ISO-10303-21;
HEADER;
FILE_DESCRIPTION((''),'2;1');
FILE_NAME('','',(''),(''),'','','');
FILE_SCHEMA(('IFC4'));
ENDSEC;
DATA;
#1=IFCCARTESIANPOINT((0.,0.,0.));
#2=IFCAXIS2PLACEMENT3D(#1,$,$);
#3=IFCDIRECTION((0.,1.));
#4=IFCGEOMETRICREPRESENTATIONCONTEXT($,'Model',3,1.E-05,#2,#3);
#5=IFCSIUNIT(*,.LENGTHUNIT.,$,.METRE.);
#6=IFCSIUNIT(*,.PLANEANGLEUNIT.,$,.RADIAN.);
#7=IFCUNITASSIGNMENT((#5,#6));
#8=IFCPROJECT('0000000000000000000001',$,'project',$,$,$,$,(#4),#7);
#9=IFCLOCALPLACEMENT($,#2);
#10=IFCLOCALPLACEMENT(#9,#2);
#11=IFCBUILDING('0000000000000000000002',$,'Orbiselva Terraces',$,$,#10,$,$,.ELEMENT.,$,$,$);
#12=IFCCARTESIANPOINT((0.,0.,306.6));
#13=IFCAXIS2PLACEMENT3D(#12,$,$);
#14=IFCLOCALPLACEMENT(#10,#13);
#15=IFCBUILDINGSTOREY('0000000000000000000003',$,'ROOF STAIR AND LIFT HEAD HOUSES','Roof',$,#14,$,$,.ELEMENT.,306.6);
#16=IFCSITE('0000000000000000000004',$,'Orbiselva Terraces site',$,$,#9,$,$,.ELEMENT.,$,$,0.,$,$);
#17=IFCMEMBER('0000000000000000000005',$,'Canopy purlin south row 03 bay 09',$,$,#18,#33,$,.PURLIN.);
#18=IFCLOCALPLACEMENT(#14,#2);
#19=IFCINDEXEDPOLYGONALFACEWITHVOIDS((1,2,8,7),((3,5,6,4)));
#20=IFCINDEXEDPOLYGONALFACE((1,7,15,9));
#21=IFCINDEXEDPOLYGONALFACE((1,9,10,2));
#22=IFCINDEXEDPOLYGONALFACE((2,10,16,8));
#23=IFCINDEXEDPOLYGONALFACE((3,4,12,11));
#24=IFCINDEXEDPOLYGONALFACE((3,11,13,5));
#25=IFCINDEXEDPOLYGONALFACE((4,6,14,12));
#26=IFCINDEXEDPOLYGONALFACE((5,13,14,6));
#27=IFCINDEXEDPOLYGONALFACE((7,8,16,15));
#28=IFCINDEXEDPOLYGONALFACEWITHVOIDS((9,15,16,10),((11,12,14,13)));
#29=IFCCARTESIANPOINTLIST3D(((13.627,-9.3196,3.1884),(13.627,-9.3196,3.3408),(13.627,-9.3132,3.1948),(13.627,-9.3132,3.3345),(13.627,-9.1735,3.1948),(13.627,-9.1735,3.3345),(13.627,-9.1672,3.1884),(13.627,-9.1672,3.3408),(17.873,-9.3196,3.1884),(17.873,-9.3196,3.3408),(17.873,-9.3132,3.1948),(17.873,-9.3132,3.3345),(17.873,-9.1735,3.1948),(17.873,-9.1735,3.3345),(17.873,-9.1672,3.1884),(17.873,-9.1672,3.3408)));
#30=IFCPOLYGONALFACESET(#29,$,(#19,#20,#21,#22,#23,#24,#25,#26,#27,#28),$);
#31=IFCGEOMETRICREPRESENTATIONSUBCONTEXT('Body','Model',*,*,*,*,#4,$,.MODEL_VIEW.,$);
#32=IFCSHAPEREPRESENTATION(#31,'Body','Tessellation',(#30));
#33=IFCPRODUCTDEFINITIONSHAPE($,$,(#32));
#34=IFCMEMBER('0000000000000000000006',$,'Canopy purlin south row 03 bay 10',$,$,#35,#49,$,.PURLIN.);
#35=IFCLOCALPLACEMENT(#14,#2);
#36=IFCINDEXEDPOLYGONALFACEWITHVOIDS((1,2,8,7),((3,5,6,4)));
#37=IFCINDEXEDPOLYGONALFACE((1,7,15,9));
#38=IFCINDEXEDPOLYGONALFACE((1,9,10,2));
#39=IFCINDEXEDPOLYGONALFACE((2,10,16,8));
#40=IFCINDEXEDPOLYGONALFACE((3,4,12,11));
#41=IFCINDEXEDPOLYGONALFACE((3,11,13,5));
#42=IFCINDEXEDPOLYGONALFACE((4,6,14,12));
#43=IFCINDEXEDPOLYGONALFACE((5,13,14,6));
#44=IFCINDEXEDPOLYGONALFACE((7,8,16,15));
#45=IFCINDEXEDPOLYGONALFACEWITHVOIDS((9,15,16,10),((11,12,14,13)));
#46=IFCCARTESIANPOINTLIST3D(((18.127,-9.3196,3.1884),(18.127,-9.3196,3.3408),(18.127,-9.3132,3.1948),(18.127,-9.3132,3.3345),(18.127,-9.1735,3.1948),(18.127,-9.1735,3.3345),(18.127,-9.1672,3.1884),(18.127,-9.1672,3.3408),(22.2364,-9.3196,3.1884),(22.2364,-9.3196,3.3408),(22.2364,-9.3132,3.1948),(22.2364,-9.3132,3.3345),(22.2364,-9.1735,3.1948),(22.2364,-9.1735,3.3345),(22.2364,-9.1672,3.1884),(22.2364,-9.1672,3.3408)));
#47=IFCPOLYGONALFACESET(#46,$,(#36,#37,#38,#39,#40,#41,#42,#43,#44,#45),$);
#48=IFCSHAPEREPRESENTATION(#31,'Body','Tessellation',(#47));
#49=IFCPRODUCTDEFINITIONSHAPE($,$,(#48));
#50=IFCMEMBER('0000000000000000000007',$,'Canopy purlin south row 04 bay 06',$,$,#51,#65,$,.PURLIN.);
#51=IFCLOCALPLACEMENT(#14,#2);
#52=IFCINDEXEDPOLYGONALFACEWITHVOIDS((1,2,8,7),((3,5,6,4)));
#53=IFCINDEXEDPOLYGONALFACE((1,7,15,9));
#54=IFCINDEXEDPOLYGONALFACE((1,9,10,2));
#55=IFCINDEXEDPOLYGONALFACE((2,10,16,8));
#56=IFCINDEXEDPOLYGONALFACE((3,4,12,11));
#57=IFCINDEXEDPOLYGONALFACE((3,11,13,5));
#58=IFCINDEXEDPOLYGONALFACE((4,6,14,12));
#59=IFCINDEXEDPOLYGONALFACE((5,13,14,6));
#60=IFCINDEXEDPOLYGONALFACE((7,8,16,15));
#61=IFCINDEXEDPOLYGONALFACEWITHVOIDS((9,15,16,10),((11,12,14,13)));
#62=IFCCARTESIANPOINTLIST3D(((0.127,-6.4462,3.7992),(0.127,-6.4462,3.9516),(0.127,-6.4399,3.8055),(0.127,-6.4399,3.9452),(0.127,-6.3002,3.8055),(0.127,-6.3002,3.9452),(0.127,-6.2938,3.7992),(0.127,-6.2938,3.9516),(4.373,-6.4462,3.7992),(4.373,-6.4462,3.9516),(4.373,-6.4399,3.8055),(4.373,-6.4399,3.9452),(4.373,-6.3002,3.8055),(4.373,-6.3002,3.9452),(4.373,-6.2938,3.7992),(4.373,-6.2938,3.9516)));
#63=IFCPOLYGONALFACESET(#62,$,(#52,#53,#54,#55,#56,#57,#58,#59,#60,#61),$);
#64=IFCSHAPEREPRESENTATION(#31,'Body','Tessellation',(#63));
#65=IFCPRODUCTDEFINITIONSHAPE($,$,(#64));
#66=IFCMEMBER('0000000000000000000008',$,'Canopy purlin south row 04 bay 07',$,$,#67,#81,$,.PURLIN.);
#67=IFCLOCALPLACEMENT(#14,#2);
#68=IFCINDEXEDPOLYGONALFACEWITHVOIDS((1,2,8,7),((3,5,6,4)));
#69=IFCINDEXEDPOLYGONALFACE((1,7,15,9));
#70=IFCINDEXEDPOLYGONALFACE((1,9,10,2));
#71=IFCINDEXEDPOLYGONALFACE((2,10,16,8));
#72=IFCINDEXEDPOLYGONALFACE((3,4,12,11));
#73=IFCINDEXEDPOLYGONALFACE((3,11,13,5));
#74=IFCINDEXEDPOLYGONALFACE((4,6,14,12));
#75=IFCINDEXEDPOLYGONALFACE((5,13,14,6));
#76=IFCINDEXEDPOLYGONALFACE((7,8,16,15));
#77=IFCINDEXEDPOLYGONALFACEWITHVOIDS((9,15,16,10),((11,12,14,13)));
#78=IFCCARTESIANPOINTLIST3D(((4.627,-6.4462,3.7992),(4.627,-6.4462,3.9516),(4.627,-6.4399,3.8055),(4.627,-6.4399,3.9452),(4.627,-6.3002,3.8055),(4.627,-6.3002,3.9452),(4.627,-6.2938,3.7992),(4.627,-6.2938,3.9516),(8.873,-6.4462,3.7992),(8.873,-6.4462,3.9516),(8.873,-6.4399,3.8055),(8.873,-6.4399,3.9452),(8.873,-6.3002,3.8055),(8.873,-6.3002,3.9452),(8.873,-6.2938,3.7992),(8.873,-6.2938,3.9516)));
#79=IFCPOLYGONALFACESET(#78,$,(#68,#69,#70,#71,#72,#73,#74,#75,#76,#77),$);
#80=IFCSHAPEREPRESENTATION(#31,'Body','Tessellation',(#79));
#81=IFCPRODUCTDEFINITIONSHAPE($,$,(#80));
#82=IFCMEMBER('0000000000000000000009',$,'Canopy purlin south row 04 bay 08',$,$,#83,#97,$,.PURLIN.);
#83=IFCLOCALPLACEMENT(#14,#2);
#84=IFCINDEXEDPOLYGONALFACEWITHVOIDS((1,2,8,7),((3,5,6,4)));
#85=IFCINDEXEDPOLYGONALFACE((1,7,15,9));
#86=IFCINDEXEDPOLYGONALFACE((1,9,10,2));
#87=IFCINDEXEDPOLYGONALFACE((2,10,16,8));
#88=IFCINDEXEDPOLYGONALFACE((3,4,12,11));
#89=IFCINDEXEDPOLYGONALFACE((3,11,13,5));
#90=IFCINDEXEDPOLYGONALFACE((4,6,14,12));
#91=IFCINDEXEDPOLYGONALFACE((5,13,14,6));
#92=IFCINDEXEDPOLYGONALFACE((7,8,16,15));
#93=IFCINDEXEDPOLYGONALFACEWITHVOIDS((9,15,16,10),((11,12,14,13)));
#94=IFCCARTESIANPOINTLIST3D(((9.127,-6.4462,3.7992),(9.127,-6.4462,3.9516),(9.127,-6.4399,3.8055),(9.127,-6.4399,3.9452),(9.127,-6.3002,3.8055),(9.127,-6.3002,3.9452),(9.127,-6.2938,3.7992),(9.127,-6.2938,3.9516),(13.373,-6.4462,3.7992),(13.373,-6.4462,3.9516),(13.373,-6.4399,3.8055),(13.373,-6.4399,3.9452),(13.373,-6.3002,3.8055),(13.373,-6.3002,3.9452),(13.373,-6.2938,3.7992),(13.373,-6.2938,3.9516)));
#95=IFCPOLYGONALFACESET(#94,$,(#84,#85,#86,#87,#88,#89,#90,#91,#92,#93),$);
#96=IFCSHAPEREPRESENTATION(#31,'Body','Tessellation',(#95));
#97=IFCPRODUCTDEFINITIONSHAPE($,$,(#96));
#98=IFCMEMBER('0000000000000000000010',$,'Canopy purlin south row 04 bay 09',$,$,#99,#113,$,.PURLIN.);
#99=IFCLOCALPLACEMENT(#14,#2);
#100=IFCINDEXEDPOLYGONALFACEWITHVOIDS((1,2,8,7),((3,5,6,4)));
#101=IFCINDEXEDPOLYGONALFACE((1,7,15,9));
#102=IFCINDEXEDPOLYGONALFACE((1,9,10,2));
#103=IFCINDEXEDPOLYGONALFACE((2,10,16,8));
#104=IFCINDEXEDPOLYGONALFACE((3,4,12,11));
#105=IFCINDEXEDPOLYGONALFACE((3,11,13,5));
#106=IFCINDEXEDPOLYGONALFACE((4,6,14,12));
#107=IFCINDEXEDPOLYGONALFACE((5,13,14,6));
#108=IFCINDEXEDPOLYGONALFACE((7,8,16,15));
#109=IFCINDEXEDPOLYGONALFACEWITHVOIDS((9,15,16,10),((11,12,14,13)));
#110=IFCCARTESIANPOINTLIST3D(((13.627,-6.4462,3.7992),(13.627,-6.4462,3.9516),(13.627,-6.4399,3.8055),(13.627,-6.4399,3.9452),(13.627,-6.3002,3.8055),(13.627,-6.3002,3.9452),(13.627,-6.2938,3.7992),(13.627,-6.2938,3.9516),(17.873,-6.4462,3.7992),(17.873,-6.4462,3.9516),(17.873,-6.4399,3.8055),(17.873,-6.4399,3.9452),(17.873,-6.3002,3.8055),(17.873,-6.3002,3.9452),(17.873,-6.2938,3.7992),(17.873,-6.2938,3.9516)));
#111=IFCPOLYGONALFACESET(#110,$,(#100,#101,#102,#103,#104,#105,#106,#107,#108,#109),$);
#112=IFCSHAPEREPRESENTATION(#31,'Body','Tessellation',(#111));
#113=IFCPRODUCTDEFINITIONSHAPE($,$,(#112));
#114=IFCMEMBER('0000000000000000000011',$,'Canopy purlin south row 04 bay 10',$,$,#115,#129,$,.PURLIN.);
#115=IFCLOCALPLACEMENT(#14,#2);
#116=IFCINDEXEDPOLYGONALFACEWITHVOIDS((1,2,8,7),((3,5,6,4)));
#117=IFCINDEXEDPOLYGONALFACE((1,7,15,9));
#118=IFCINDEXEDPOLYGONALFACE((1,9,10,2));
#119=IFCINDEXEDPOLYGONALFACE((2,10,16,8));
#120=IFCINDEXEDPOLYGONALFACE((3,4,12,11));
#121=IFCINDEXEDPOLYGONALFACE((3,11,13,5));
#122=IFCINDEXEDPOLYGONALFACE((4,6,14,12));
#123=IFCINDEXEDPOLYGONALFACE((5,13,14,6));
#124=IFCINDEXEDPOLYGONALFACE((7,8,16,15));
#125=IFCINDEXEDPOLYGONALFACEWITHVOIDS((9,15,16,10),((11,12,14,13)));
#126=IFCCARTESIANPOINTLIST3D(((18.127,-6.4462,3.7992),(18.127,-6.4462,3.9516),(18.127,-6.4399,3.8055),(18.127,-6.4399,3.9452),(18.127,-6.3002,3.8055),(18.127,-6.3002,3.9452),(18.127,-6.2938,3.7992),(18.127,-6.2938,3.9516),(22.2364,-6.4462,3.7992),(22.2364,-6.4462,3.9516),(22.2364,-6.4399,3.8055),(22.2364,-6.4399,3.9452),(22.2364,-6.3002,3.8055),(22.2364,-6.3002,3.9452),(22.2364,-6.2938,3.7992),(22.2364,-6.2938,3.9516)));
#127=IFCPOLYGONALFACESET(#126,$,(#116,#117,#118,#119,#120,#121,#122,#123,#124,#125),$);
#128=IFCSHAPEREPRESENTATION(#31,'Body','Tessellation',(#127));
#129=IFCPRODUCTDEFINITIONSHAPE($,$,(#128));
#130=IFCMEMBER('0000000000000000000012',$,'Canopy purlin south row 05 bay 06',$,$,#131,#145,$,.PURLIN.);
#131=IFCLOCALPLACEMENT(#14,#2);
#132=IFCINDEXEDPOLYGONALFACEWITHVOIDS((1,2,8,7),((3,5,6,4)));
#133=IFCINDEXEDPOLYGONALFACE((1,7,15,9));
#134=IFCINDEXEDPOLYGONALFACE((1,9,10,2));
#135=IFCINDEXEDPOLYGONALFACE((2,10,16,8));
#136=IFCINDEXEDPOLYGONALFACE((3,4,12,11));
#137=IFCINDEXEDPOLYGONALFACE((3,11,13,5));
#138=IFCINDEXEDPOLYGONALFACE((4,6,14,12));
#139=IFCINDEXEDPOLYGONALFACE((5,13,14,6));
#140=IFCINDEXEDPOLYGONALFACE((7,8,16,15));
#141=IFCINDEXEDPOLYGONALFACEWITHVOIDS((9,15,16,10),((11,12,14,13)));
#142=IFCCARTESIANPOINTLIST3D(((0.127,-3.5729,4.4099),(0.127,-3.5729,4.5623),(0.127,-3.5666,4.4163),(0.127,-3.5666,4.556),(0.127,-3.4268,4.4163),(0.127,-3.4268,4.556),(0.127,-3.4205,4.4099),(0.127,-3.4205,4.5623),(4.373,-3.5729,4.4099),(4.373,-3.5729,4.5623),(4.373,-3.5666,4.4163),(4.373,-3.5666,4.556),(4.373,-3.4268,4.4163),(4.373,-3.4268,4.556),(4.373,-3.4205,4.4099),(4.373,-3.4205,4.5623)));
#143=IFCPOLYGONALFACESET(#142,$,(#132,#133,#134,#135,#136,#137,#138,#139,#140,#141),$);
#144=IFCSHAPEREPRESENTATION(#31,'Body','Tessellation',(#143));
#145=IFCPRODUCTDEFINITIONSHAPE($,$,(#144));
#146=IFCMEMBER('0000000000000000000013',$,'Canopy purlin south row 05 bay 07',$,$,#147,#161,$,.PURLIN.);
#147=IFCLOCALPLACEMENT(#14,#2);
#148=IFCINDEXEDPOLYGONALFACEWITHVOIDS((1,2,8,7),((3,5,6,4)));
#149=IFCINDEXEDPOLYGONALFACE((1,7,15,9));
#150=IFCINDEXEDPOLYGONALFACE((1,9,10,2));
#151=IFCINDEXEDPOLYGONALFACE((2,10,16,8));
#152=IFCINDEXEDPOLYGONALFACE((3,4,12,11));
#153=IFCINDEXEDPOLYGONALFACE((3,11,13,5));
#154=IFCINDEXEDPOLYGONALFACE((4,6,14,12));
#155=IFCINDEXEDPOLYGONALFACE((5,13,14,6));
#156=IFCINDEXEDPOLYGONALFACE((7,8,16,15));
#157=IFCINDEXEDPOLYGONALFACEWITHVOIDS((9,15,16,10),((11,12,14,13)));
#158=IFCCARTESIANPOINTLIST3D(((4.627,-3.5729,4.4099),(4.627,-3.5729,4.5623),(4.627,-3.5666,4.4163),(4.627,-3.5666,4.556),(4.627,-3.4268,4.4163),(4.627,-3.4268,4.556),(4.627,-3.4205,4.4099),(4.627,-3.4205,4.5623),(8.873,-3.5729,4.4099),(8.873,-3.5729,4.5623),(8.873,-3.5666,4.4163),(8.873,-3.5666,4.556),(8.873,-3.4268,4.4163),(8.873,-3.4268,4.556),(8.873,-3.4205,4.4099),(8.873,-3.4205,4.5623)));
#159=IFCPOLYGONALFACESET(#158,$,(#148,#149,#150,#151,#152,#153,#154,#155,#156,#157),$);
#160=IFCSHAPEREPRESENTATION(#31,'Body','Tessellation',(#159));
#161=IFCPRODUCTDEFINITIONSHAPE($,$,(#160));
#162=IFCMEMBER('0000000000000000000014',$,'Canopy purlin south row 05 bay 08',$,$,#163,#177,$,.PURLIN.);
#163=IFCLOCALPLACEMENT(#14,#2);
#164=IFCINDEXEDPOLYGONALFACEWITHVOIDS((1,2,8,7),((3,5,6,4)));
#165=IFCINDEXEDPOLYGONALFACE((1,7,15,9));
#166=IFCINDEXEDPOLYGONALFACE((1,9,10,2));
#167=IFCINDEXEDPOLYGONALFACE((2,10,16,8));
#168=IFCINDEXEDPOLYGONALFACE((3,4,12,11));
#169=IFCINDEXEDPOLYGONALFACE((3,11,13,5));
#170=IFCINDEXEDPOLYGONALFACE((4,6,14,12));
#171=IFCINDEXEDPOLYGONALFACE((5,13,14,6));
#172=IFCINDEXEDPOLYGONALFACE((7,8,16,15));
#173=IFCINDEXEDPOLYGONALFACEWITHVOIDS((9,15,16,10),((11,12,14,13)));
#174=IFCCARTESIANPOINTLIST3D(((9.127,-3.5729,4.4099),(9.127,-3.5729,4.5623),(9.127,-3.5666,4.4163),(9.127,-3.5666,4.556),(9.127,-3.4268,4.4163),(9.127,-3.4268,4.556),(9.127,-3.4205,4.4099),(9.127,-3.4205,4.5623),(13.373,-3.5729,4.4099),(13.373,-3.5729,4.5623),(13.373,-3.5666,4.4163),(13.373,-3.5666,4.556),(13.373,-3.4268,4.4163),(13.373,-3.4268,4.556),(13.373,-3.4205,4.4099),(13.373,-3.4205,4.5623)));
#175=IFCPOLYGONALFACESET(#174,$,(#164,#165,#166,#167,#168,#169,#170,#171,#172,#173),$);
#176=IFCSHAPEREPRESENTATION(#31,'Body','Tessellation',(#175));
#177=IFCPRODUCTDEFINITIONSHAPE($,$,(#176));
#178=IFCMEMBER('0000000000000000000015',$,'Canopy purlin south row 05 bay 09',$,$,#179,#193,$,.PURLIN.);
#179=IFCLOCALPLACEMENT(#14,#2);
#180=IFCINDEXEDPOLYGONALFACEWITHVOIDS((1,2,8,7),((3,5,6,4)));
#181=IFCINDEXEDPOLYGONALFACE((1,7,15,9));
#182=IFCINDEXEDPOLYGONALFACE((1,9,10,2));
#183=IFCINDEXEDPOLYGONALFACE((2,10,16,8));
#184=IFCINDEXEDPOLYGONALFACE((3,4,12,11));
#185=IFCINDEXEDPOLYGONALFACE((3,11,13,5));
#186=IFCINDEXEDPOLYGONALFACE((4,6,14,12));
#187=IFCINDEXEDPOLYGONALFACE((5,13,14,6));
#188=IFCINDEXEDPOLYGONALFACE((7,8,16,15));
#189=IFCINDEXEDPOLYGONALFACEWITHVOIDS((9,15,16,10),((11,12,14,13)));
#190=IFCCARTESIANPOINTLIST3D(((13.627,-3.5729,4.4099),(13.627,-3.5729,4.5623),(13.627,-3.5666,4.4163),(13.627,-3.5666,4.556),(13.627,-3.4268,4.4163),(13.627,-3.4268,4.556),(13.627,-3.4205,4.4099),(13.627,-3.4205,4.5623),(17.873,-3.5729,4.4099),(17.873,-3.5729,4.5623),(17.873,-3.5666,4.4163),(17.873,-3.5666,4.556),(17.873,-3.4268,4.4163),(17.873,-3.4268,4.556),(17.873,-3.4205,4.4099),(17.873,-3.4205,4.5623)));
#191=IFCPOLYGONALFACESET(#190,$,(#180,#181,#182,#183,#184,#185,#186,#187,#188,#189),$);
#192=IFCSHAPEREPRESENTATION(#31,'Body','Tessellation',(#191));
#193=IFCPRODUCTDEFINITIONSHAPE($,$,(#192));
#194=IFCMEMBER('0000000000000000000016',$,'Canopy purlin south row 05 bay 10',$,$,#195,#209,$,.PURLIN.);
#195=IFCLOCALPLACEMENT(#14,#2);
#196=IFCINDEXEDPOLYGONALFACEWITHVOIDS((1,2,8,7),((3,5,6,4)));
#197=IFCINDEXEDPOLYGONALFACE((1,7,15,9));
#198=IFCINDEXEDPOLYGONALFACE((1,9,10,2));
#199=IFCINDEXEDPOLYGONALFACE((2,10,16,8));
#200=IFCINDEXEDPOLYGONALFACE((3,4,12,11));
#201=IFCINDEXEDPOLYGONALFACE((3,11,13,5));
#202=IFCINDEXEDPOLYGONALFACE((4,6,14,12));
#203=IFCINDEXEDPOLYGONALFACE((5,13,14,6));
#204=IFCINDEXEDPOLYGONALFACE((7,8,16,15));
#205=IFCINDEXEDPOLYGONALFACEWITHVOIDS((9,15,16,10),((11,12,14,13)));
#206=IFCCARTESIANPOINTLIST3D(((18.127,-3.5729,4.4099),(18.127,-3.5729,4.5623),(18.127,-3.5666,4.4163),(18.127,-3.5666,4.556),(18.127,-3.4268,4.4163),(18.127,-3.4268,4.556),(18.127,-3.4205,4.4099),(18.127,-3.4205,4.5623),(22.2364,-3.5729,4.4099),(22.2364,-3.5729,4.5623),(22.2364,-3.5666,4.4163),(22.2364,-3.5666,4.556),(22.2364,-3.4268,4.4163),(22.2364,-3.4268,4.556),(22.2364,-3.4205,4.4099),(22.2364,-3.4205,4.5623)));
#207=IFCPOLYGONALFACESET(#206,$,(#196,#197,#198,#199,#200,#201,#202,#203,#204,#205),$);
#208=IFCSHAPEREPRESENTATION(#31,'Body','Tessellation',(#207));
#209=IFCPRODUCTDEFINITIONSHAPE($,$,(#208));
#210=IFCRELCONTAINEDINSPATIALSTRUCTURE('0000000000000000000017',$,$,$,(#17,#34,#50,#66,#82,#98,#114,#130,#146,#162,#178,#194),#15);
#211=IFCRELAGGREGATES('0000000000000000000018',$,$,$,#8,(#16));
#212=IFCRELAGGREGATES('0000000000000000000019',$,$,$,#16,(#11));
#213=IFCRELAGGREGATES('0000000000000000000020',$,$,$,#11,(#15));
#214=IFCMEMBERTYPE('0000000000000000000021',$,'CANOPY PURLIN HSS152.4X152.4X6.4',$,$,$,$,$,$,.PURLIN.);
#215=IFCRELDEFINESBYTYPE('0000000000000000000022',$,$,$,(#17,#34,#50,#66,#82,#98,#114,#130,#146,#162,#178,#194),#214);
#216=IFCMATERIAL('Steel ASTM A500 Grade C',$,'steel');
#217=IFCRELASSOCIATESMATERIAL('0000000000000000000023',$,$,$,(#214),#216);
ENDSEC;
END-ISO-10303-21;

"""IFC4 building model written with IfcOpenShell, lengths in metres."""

from ifc_helpers import new_model, si_unit, direction, frame, origin, origin_2d, place, context, subcontext, project, spatial, hollow_rectangle, extrude, material, material_profile, profile_set, type_object, element, save


model = new_model("IFC4")

# Units and contexts
model_context = context("Model", 3, precision=1e-05, world=origin(), true_north=direction((0.0, 1.0)))
body_context = subcontext(model_context, "Body", "Model", "MODEL_VIEW")
ifc_project = project(units=[si_unit("LENGTHUNIT", "METRE"), si_unit("PLANEANGLEUNIT", "RADIAN")], contexts=[model_context])

# Site, building, storey
site_placement = place(None, origin())
site = spatial("IfcSite", under=ifc_project, at=site_placement, Name="Orbiselva Terraces site", CompositionType="ELEMENT", RefElevation=0.0)
building_placement = place(site_placement, origin())
building = spatial("IfcBuilding", under=site, at=building_placement, Name="Orbiselva Terraces", CompositionType="ELEMENT")
storey_placement = place(building_placement, frame((0.0, 0.0, 306.6)))
storey = spatial("IfcBuildingStorey", under=building, at=storey_placement, Name="ROOF STAIR AND LIFT HEAD HOUSES", Description="Roof", CompositionType="ELEMENT", Elevation=306.6)

# Shared definitions
ifc_material = material(Name="Steel ASTM A500 Grade C", Category="steel")

# Members
ifc_material_profile_1 = material_profile(ifc_material, hollow_rectangle(XDim=0.1524, YDim=0.1524, WallThickness=0.0063, at=origin_2d()), Name="HSS152.4X152.4X6.4")
ifc_profile_set_1 = profile_set([ifc_material_profile_1], Name="Steel ASTM A500 Grade C")
member_type_1 = type_object("IfcMemberType", Name="CANOPY PURLIN HSS152.4X152.4X6.4", PredefinedType="PURLIN", material=ifc_profile_set_1)
for number, where, z_axis, x_axis, name in (
    (1, (13.627, -9.2434, 3.2646), (1.0, 0.0, 0.0), (0.0, 1.0, 0.0), "Canopy purlin south row 03 bay 09"),
):
    element("IfcMember", number, at=place(storey_placement, frame(where, z_axis=z_axis, x_axis=x_axis)), inside=storey, type_object=member_type_1, Name=name, PredefinedType="PURLIN", context=body_context, shape_type="SweptSolid", body=[
        extrude(hollow_rectangle(XDim=0.1524, YDim=0.1524, WallThickness=0.0063, at=origin_2d()), origin(), (0.0, 0.0, 1.0), 4.246),
    ])
member_1_placement = place(storey_placement, frame((18.127, -9.2434, 3.2646), z_axis=(1.0, 0.0, 0.0), x_axis=(0.0, 1.0, 0.0)))
element("IfcMember", 2, at=member_1_placement, inside=storey, type_object=member_type_1, Name="Canopy purlin south row 03 bay 10", PredefinedType="PURLIN", context=body_context, shape_type="SweptSolid", body=[
    extrude(hollow_rectangle(XDim=0.1524, YDim=0.1524, WallThickness=0.0063, at=origin_2d()), origin(), (0.0, 0.0, 1.0), 4.1094),
])
for number, where, z_axis, x_axis, name in (
    (3, (0.127, -6.37, 3.8754), (1.0, 0.0, 0.0), (0.0, 1.0, 0.0), "Canopy purlin south row 04 bay 06"),
    (4, (4.627, -6.37, 3.8754), (1.0, 0.0, 0.0), (0.0, 1.0, 0.0), "Canopy purlin south row 04 bay 07"),
    (5, (9.127, -6.37, 3.8754), (1.0, 0.0, 0.0), (0.0, 1.0, 0.0), "Canopy purlin south row 04 bay 08"),
    (6, (13.627, -6.37, 3.8754), (1.0, 0.0, 0.0), (0.0, 1.0, 0.0), "Canopy purlin south row 04 bay 09"),
):
    element("IfcMember", number, at=place(storey_placement, frame(where, z_axis=z_axis, x_axis=x_axis)), inside=storey, type_object=member_type_1, Name=name, PredefinedType="PURLIN", context=body_context, shape_type="SweptSolid", body=[
        extrude(hollow_rectangle(XDim=0.1524, YDim=0.1524, WallThickness=0.0063, at=origin_2d()), origin(), (0.0, 0.0, 1.0), 4.246),
    ])
member_2_placement = place(storey_placement, frame((18.127, -6.37, 3.8754), z_axis=(1.0, 0.0, 0.0), x_axis=(0.0, 1.0, 0.0)))
element("IfcMember", 7, at=member_2_placement, inside=storey, type_object=member_type_1, Name="Canopy purlin south row 04 bay 10", PredefinedType="PURLIN", context=body_context, shape_type="SweptSolid", body=[
    extrude(hollow_rectangle(XDim=0.1524, YDim=0.1524, WallThickness=0.0063, at=origin_2d()), origin(), (0.0, 0.0, 1.0), 4.1094),
])
for number, where, z_axis, x_axis, name in (
    (8, (0.127, -3.4967, 4.4861), (1.0, 0.0, 0.0), (0.0, 1.0, 0.0), "Canopy purlin south row 05 bay 06"),
    (9, (4.627, -3.4967, 4.4861), (1.0, 0.0, 0.0), (0.0, 1.0, 0.0), "Canopy purlin south row 05 bay 07"),
    (10, (9.127, -3.4967, 4.4861), (1.0, 0.0, 0.0), (0.0, 1.0, 0.0), "Canopy purlin south row 05 bay 08"),
    (11, (13.627, -3.4967, 4.4861), (1.0, 0.0, 0.0), (0.0, 1.0, 0.0), "Canopy purlin south row 05 bay 09"),
):
    element("IfcMember", number, at=place(storey_placement, frame(where, z_axis=z_axis, x_axis=x_axis)), inside=storey, type_object=member_type_1, Name=name, PredefinedType="PURLIN", context=body_context, shape_type="SweptSolid", body=[
        extrude(hollow_rectangle(XDim=0.1524, YDim=0.1524, WallThickness=0.0063, at=origin_2d()), origin(), (0.0, 0.0, 1.0), 4.246),
    ])
member_3_placement = place(storey_placement, frame((18.127, -3.4967, 4.4861), z_axis=(1.0, 0.0, 0.0), x_axis=(0.0, 1.0, 0.0)))
element("IfcMember", 12, at=member_3_placement, inside=storey, type_object=member_type_1, Name="Canopy purlin south row 05 bay 10", PredefinedType="PURLIN", context=body_context, shape_type="SweptSolid", body=[
    extrude(hollow_rectangle(XDim=0.1524, YDim=0.1524, WallThickness=0.0063, at=origin_2d()), origin(), (0.0, 0.0, 1.0), 4.1094),
])

save(model, "model.ifc")
